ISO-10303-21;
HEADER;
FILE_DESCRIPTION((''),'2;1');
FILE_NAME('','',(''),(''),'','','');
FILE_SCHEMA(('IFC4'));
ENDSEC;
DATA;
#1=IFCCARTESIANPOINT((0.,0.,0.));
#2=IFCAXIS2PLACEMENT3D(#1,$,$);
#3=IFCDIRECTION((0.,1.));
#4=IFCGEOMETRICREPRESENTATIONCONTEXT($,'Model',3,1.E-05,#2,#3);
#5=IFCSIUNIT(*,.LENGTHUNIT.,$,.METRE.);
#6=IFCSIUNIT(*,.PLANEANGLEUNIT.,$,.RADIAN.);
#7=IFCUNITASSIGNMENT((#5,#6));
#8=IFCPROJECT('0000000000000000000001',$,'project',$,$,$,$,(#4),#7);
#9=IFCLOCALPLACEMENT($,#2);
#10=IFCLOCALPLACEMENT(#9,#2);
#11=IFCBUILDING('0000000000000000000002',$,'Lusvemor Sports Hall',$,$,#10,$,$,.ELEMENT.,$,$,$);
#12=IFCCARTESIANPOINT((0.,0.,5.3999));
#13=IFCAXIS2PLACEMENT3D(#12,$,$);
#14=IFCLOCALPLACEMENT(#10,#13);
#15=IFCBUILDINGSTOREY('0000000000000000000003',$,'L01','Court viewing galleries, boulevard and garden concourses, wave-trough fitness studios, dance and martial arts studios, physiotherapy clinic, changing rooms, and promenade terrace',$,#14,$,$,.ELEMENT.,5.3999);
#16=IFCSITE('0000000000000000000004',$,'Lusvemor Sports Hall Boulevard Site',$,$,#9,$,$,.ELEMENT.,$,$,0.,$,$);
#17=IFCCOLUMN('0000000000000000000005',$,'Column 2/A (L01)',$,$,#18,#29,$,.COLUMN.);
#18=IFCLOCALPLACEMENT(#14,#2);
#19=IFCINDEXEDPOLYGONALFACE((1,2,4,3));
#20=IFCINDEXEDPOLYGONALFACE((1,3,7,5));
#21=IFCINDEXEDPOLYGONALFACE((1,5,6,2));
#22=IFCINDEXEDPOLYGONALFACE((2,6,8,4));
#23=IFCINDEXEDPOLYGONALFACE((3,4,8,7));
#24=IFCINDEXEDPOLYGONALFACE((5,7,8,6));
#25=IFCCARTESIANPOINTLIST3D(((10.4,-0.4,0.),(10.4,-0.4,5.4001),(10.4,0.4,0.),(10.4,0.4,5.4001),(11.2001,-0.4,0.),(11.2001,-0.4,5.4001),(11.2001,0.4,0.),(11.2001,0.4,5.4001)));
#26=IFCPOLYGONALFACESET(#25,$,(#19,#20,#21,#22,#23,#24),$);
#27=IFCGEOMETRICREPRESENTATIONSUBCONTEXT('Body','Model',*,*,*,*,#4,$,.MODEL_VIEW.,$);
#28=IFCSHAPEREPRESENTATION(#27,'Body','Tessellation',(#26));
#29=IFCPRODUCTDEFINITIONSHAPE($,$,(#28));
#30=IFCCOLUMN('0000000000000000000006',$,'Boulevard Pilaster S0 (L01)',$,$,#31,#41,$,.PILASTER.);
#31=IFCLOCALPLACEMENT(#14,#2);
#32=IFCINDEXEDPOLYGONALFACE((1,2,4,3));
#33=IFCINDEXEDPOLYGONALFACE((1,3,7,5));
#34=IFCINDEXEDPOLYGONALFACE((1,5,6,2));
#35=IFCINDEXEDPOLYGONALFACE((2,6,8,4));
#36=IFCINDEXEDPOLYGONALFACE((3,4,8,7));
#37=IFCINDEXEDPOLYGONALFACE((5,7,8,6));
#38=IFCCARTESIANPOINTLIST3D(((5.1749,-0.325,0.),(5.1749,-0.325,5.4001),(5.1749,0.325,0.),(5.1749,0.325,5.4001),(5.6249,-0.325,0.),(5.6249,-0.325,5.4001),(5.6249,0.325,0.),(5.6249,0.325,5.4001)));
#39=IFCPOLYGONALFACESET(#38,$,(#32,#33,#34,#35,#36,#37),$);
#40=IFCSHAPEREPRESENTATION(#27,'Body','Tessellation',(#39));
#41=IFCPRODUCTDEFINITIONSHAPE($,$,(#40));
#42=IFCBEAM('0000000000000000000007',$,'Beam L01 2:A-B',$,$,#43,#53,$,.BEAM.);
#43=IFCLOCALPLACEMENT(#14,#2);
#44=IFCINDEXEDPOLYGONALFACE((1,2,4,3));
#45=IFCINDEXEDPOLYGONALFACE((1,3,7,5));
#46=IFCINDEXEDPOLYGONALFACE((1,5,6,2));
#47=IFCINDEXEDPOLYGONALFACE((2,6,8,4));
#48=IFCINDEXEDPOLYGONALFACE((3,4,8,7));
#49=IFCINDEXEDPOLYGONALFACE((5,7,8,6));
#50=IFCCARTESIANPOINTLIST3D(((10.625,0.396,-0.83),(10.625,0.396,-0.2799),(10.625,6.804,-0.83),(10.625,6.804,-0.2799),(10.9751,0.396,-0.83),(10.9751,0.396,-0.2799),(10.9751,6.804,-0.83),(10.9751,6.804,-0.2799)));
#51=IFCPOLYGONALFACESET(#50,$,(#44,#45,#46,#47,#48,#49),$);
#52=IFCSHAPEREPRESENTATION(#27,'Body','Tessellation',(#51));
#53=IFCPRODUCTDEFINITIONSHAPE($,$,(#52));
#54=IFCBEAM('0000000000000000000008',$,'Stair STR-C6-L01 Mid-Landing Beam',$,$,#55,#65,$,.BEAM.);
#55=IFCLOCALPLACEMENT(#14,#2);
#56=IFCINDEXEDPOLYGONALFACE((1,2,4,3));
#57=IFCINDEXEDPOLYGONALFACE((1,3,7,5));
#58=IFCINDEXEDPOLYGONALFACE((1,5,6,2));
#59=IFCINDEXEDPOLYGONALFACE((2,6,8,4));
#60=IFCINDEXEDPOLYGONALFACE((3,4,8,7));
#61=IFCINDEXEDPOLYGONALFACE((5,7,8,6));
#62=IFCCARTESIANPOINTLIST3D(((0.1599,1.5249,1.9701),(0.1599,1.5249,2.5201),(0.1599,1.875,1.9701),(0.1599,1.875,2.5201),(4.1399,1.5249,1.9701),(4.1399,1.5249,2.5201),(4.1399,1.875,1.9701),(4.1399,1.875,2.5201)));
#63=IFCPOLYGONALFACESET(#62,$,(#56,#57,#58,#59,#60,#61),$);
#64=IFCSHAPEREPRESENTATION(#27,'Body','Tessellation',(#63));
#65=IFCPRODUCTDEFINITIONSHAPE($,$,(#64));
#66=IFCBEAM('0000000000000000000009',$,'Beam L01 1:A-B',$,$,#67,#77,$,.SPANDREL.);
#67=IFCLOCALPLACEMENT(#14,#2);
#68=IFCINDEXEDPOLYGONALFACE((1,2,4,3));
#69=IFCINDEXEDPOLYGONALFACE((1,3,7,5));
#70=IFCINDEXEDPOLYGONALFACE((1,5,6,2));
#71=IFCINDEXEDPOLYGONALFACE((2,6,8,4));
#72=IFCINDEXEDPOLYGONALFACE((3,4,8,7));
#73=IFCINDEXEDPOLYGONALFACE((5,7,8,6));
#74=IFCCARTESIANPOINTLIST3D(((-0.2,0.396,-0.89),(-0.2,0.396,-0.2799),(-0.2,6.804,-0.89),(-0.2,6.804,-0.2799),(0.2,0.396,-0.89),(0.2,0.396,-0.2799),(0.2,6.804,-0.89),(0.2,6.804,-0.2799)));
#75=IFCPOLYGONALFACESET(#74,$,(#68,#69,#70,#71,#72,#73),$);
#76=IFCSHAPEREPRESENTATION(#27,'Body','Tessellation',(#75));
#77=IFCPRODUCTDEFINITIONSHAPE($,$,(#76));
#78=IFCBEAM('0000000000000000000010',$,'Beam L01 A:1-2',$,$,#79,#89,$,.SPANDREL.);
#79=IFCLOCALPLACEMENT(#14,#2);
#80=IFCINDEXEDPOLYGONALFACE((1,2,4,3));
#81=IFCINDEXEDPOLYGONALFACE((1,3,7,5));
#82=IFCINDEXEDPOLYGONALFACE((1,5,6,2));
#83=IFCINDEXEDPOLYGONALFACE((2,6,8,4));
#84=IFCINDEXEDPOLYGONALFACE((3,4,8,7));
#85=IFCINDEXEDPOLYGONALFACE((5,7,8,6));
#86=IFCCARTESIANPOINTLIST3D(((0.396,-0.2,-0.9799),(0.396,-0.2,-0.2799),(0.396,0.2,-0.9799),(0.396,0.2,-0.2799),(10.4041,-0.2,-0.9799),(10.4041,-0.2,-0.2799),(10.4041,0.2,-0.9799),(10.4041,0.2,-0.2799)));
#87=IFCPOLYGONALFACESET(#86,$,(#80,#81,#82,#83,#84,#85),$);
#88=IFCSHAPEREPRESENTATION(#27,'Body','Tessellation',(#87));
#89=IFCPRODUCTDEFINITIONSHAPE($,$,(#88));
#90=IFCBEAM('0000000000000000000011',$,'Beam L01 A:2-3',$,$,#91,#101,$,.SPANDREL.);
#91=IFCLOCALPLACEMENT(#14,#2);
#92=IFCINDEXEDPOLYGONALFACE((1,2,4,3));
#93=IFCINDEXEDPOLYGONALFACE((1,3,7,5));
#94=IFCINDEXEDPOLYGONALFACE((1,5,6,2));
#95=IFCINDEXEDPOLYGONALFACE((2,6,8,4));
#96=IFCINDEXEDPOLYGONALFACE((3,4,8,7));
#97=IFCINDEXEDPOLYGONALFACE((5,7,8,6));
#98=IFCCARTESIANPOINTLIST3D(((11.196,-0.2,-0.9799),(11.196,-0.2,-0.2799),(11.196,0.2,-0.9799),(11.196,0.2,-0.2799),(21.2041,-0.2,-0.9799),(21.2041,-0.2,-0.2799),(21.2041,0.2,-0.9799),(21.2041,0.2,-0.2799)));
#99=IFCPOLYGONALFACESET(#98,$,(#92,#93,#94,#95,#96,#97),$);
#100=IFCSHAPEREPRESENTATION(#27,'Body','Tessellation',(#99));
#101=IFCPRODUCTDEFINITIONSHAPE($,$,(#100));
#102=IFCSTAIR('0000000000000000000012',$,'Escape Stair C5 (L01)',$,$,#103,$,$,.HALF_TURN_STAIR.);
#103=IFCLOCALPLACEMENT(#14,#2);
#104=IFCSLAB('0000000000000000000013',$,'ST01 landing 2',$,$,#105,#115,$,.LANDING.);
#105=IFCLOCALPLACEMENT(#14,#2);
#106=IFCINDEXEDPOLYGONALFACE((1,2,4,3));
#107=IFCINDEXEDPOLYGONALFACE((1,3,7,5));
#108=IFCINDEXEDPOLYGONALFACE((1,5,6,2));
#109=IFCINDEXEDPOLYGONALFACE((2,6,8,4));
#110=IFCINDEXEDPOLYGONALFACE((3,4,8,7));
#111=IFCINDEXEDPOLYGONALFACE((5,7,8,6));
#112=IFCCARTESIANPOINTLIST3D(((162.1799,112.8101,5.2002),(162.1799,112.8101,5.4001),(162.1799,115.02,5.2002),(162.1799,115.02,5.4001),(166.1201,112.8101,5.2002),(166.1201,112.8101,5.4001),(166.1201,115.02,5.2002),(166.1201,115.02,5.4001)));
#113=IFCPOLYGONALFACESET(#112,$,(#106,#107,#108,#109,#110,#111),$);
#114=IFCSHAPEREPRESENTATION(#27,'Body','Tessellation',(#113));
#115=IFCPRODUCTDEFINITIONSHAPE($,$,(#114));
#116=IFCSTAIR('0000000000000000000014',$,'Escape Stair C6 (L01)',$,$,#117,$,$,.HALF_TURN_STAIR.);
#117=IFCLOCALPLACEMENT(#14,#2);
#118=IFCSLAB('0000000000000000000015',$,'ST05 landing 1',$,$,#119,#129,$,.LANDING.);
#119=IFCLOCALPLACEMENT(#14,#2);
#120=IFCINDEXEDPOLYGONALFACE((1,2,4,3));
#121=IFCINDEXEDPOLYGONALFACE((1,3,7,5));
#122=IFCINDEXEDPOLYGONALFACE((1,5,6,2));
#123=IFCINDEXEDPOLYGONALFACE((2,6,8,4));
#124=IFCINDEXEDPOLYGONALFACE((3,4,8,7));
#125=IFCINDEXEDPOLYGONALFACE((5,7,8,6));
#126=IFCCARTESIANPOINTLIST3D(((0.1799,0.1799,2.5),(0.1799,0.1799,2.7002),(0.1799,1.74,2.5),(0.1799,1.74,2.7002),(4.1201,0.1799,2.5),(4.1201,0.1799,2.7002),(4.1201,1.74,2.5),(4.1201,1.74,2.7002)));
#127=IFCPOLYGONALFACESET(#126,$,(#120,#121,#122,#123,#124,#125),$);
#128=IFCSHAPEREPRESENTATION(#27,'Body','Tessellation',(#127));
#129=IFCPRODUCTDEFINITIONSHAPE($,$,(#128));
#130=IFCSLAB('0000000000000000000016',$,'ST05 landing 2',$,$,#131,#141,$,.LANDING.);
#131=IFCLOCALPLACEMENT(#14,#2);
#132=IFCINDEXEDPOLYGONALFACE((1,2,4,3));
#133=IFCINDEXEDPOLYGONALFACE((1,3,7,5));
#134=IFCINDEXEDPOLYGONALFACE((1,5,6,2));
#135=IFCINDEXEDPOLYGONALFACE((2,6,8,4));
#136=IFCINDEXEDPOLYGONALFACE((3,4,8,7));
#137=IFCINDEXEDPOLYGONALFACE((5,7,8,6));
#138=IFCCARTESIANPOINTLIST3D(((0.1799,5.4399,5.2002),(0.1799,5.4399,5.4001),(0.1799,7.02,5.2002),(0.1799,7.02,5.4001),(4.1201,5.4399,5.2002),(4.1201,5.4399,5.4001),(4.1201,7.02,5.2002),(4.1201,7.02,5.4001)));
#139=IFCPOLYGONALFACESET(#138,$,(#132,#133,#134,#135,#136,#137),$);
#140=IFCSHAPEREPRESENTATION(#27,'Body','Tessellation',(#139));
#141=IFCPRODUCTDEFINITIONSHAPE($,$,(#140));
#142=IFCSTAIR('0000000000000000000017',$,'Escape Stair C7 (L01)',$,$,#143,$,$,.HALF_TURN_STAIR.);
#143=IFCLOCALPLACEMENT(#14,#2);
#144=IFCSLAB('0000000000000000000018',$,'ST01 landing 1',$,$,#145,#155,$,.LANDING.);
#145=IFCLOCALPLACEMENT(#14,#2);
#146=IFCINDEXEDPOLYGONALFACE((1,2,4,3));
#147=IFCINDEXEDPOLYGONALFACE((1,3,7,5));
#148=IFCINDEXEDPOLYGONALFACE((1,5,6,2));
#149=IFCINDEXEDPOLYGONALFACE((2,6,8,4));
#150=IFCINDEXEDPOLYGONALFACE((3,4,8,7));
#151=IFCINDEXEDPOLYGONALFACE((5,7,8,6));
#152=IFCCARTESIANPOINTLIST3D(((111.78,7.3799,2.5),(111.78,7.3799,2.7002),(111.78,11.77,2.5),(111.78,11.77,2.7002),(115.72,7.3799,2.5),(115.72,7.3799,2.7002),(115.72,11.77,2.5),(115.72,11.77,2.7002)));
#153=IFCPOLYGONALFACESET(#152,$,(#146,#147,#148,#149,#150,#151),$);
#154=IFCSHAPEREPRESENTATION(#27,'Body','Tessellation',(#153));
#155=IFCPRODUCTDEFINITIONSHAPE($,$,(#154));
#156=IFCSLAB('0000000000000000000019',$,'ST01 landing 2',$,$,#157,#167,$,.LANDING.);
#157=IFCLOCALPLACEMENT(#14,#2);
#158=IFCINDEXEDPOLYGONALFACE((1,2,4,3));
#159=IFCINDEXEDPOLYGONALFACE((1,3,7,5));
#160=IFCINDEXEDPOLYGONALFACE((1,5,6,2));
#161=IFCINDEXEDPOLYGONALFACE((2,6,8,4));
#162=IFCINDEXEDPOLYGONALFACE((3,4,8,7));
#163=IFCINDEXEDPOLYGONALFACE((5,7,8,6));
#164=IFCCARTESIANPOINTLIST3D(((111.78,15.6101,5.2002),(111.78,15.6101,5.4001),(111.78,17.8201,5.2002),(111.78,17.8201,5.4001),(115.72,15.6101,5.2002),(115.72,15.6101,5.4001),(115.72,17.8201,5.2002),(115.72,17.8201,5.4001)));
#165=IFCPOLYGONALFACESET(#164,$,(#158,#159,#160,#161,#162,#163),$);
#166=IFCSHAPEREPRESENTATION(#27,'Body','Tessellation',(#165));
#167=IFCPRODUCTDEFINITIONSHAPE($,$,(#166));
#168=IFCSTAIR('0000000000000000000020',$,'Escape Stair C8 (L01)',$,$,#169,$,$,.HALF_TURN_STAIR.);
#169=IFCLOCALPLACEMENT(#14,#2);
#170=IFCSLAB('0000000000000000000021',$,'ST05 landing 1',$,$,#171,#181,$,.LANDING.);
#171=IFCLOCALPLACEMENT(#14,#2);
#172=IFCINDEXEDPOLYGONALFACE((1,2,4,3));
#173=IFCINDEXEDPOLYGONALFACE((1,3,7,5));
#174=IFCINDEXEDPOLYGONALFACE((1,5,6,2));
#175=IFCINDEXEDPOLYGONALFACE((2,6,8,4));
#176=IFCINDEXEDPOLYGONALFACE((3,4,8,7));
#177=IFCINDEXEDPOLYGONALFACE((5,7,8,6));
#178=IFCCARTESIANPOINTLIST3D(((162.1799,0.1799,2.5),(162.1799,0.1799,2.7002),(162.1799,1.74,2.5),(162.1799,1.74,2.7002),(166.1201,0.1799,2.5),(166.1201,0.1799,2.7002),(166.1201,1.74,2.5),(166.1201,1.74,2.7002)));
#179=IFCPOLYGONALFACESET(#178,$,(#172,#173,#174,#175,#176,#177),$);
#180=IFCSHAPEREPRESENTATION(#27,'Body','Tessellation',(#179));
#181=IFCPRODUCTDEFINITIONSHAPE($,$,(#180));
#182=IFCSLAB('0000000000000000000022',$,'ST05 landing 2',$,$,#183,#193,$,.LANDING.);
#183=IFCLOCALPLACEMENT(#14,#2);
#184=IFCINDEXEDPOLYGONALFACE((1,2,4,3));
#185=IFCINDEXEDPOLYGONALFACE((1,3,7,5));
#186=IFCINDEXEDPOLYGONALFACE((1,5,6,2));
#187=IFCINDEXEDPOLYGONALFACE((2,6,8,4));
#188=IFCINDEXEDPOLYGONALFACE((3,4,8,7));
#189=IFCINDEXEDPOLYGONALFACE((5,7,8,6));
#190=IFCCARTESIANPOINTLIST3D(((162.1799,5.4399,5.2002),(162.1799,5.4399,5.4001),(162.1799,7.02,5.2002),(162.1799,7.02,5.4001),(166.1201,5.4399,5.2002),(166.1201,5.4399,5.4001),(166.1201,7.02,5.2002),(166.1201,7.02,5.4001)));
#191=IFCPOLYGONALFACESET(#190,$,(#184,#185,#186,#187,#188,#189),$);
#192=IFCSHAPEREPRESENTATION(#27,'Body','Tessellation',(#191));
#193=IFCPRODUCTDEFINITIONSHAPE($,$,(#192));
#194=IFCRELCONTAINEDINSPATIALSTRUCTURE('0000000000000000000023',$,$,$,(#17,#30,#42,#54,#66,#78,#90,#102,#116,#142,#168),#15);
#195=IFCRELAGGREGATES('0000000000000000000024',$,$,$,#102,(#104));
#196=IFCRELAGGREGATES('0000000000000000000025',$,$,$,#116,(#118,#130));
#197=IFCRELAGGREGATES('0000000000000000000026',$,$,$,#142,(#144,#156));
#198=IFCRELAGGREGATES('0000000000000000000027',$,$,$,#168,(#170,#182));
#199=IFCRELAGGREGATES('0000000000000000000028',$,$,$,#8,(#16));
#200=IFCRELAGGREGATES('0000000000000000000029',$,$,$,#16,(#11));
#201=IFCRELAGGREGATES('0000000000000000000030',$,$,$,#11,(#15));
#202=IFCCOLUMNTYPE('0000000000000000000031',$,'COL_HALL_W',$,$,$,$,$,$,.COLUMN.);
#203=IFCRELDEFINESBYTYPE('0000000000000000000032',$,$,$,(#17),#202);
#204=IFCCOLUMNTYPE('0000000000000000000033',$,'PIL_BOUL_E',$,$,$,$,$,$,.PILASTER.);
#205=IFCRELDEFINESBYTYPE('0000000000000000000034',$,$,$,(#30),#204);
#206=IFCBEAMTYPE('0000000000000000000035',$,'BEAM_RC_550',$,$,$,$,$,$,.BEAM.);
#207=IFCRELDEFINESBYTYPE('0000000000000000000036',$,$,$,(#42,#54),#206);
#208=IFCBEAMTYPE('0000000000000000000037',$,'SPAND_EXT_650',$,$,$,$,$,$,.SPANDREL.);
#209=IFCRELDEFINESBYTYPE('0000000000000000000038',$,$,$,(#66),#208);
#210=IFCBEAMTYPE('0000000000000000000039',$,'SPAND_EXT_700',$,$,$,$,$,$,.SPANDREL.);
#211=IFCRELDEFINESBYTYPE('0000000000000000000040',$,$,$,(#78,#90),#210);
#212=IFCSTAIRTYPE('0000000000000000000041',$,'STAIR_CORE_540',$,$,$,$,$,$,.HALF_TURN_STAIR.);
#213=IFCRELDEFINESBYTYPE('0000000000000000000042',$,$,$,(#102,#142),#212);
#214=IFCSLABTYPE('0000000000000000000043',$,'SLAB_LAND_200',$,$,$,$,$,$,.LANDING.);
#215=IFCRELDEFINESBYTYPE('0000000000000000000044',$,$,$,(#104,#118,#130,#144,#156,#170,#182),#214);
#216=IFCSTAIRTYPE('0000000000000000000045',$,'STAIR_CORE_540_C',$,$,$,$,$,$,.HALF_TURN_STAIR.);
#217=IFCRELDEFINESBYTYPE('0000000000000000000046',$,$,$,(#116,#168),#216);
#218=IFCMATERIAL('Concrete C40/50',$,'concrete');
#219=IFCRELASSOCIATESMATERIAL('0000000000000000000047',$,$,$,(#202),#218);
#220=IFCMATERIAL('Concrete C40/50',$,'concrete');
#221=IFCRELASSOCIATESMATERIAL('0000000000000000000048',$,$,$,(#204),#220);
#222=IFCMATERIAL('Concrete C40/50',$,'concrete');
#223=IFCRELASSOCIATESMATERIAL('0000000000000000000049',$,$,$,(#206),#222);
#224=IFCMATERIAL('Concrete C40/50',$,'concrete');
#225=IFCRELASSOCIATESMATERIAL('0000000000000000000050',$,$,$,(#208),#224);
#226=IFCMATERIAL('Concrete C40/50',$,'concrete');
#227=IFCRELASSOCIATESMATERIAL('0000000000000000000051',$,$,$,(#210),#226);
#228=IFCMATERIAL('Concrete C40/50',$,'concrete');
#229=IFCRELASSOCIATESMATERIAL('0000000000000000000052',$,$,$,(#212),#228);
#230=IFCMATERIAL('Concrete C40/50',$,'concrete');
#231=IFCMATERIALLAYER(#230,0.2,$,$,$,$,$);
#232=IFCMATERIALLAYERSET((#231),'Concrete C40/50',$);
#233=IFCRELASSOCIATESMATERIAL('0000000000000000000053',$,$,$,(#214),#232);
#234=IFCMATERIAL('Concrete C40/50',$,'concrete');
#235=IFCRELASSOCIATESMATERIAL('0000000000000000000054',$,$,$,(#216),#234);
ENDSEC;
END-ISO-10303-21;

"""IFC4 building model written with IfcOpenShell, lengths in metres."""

from ifc_helpers import new_model, si_unit, direction, frame, origin, origin_2d, place, context, subcontext, project, spatial, polyline, rectangle, outline, extrude, material, layer, layer_set, material_profile, profile_set, type_object, element, aggregate, save


model = new_model("IFC4")

# Units and contexts
model_context = context("Model", 3, precision=1e-05, world=origin(), true_north=direction((0.0, 1.0)))
body_context = subcontext(model_context, "Body", "Model", "MODEL_VIEW")
ifc_project = project(units=[si_unit("LENGTHUNIT", "METRE"), si_unit("PLANEANGLEUNIT", "RADIAN")], contexts=[model_context])

# Site, building, storey
site_placement = place(None, origin())
site = spatial("IfcSite", under=ifc_project, at=site_placement, Name="Lusvemor Sports Hall Boulevard Site", CompositionType="ELEMENT", RefElevation=0.0)
building_placement = place(site_placement, origin())
building = spatial("IfcBuilding", under=site, at=building_placement, Name="Lusvemor Sports Hall", CompositionType="ELEMENT")
storey_placement = place(building_placement, frame((0.0, 0.0, 5.3999)))
storey = spatial("IfcBuildingStorey", under=building, at=storey_placement, Name="L01", Description="Court viewing galleries, boulevard and garden concourses, wave-trough fitness studios, dance and martial arts studios, physiotherapy clinic, changing rooms, and promenade terrace", CompositionType="ELEMENT", Elevation=5.3999)

# Columns
ifc_material_1 = material(Name="Concrete C40/50", Category="concrete")
ifc_material_profile_1 = material_profile(ifc_material_1, rectangle(XDim=0.8, YDim=0.8, at=origin_2d()), Name="RC800x800")
ifc_profile_set_1 = profile_set([ifc_material_profile_1], Name="Concrete C40/50")
column_type_1 = type_object("IfcColumnType", Name="COL_HALL_W", PredefinedType="COLUMN", material=ifc_profile_set_1)
column_1_placement = place(storey_placement, frame((10.8, 0.0, 0.0), z_axis=(0.0, 0.0, 1.0), x_axis=(1.0, 0.0, 0.0)))
element("IfcColumn", 1, at=column_1_placement, inside=storey, type_object=column_type_1, Name="Column 2/A (L01)", PredefinedType="COLUMN", context=body_context, shape_type="SweptSolid", body=[
    extrude(rectangle(XDim=0.8, YDim=0.8, at=origin_2d()), origin(), (0.0, 0.0, 1.0), 5.4001),
])
ifc_material_2 = material(Name="Concrete C40/50", Category="concrete")
ifc_material_profile_2 = material_profile(ifc_material_2, rectangle(XDim=0.45, YDim=0.6499, at=origin_2d()), Name="RC450x650")
ifc_profile_set_2 = profile_set([ifc_material_profile_2], Name="Concrete C40/50")
column_type_2 = type_object("IfcColumnType", Name="PIL_BOUL_E", PredefinedType="PILASTER", material=ifc_profile_set_2)
column_2_placement = place(storey_placement, frame((5.3999, 0.0, 0.0), z_axis=(0.0, 0.0, 1.0), x_axis=(1.0, 0.0, 0.0)))
element("IfcColumn", 2, at=column_2_placement, inside=storey, type_object=column_type_2, Name="Boulevard Pilaster S0 (L01)", PredefinedType="PILASTER", context=body_context, shape_type="SweptSolid", body=[
    extrude(rectangle(XDim=0.45, YDim=0.6499, at=origin_2d()), origin(), (0.0, 0.0, 1.0), 5.4001),
])

# Beams
ifc_material_3 = material(Name="Concrete C40/50", Category="concrete")
ifc_material_profile_3 = material_profile(ifc_material_3, rectangle(XDim=0.3501, YDim=0.55, at=origin_2d()), Name="RC350x550")
ifc_profile_set_3 = profile_set([ifc_material_profile_3], Name="Concrete C40/50")
beam_type_1 = type_object("IfcBeamType", Name="BEAM_RC_550", PredefinedType="BEAM", material=ifc_profile_set_3)
beam_1_placement = place(storey_placement, frame((10.8, 0.396, -0.5549), z_axis=(0.0, 1.0, 0.0), x_axis=(-1.0, 0.0, 0.0)))
element("IfcBeam", 3, at=beam_1_placement, inside=storey, type_object=beam_type_1, Name="Beam L01 2:A-B", PredefinedType="BEAM", context=body_context, shape_type="SweptSolid", body=[
    extrude(rectangle(XDim=0.3501, YDim=0.55, at=origin_2d()), origin(), (0.0, 0.0, 1.0), 6.408),
])
beam_2_placement = place(storey_placement, frame((0.1599, 1.7, 2.2451), z_axis=(1.0, 0.0, 0.0), x_axis=(0.0, 1.0, 0.0)))
element("IfcBeam", 4, at=beam_2_placement, inside=storey, type_object=beam_type_1, Name="Stair STR-C6-L01 Mid-Landing Beam", PredefinedType="BEAM", context=body_context, shape_type="SweptSolid", body=[
    extrude(rectangle(XDim=0.3501, YDim=0.55, at=origin_2d()), origin(), (0.0, 0.0, 1.0), 3.98),
])
ifc_material_4 = material(Name="Concrete C40/50", Category="concrete")
ifc_material_profile_4 = material_profile(ifc_material_4, rectangle(XDim=0.3999, YDim=0.6101, at=origin_2d()), Name="RC400x610")
ifc_profile_set_4 = profile_set([ifc_material_profile_4], Name="Concrete C40/50")
beam_type_2 = type_object("IfcBeamType", Name="SPAND_EXT_650", PredefinedType="SPANDREL", material=ifc_profile_set_4)
beam_3_placement = place(storey_placement, frame((0.0, 0.396, -0.585), z_axis=(0.0, 1.0, 0.0), x_axis=(-1.0, 0.0, 0.0)))
element("IfcBeam", 5, at=beam_3_placement, inside=storey, type_object=beam_type_2, Name="Beam L01 1:A-B", PredefinedType="SPANDREL", context=body_context, shape_type="SweptSolid", body=[
    extrude(rectangle(XDim=0.3999, YDim=0.6101, at=origin_2d()), origin(), (0.0, 0.0, 1.0), 6.408),
])
ifc_material_5 = material(Name="Concrete C40/50", Category="concrete")
ifc_material_profile_5 = material_profile(ifc_material_5, rectangle(XDim=0.3999, YDim=0.7, at=origin_2d()), Name="RC400x700")
ifc_profile_set_5 = profile_set([ifc_material_profile_5], Name="Concrete C40/50")
beam_type_3 = type_object("IfcBeamType", Name="SPAND_EXT_700", PredefinedType="SPANDREL", material=ifc_profile_set_5)
for number, where, z_axis, x_axis, name in (
    (6, (0.396, 0.0, -0.6299), (1.0, 0.0, 0.0), (0.0, 1.0, 0.0), "Beam L01 A:1-2"),
    (7, (11.196, 0.0, -0.6299), (1.0, 0.0, 0.0), (0.0, 1.0, 0.0), "Beam L01 A:2-3"),
):
    element("IfcBeam", number, at=place(storey_placement, frame(where, z_axis=z_axis, x_axis=x_axis)), inside=storey, type_object=beam_type_3, Name=name, PredefinedType="SPANDREL", context=body_context, shape_type="SweptSolid", body=[
        extrude(rectangle(XDim=0.3999, YDim=0.7, at=origin_2d()), origin(), (0.0, 0.0, 1.0), 10.0081),
    ])

# Stair, slab
ifc_material_6 = material(Name="Concrete C40/50", Category="concrete")
stair_type_1 = type_object("IfcStairType", Name="STAIR_CORE_540", PredefinedType="HALF_TURN_STAIR", material=ifc_material_6)
stair_1_placement = place(storey_placement, origin())
stair_1 = element("IfcStair", 8, at=stair_1_placement, inside=storey, type_object=stair_type_1, Name="Escape Stair C5 (L01)", PredefinedType="HALF_TURN_STAIR")
ifc_material_7 = material(Name="Concrete C40/50", Category="concrete")
ifc_layer_1 = layer(ifc_material_7, 0.2)
ifc_layer_set_1 = layer_set([ifc_layer_1], Name="Concrete C40/50")
slab_type_1 = type_object("IfcSlabType", Name="SLAB_LAND_200", PredefinedType="LANDING", material=ifc_layer_set_1)
slab_1_placement = place(storey_placement, frame((0.0, 0.0, 5.2002)))
slab_1 = element("IfcSlab", 9, at=slab_1_placement, type_object=slab_type_1, Name="ST01 landing 2", PredefinedType="LANDING", context=body_context, shape_type="SweptSolid", body=[
    extrude(outline(polyline([(162.1799, 112.8101), (166.1201, 112.8101), (166.1201, 115.02), (162.1799, 115.02), (162.1799, 112.8101)])), origin(), (0.0, 0.0, 1.0), 0.2),
])
aggregate(stair_1, [slab_1])

# Stairs, slabs
ifc_material_8 = material(Name="Concrete C40/50", Category="concrete")
stair_type_2 = type_object("IfcStairType", Name="STAIR_CORE_540_C", PredefinedType="HALF_TURN_STAIR", material=ifc_material_8)
stair_2_placement = place(storey_placement, origin())
stair_2 = element("IfcStair", 10, at=stair_2_placement, inside=storey, type_object=stair_type_2, Name="Escape Stair C6 (L01)", PredefinedType="HALF_TURN_STAIR")
slab_2_placement = place(storey_placement, frame((0.0, 0.0, 2.5)))
slab_2 = element("IfcSlab", 11, at=slab_2_placement, type_object=slab_type_1, Name="ST05 landing 1", PredefinedType="LANDING", context=body_context, shape_type="SweptSolid", body=[
    extrude(outline(polyline([(0.1799, 0.1799), (4.1201, 0.1799), (4.1201, 1.74), (0.1799, 1.74), (0.1799, 0.1799)])), origin(), (0.0, 0.0, 1.0), 0.2002),
])
slab_3_placement = place(storey_placement, frame((0.0, 0.0, 5.2002)))
slab_3 = element("IfcSlab", 12, at=slab_3_placement, type_object=slab_type_1, Name="ST05 landing 2", PredefinedType="LANDING", context=body_context, shape_type="SweptSolid", body=[
    extrude(outline(polyline([(0.1799, 5.4399), (4.1201, 5.4399), (4.1201, 7.02), (0.1799, 7.02), (0.1799, 5.4399)])), origin(), (0.0, 0.0, 1.0), 0.2),
])
aggregate(stair_2, [slab_2, slab_3])
stair_3_placement = place(storey_placement, origin())
stair_3 = element("IfcStair", 13, at=stair_3_placement, inside=storey, type_object=stair_type_1, Name="Escape Stair C7 (L01)", PredefinedType="HALF_TURN_STAIR")
slab_4_placement = place(storey_placement, frame((0.0, 0.0, 2.5)))
slab_4 = element("IfcSlab", 14, at=slab_4_placement, type_object=slab_type_1, Name="ST01 landing 1", PredefinedType="LANDING", context=body_context, shape_type="SweptSolid", body=[
    extrude(outline(polyline([(111.78, 7.3799), (115.72, 7.3799), (115.72, 11.77), (111.78, 11.77), (111.78, 7.3799)])), origin(), (0.0, 0.0, 1.0), 0.2002),
])
slab_5_placement = place(storey_placement, frame((0.0, 0.0, 5.2002)))
slab_5 = element("IfcSlab", 15, at=slab_5_placement, type_object=slab_type_1, Name="ST01 landing 2", PredefinedType="LANDING", context=body_context, shape_type="SweptSolid", body=[
    extrude(outline(polyline([(111.78, 15.6101), (115.72, 15.6101), (115.72, 17.8201), (111.78, 17.8201), (111.78, 15.6101)])), origin(), (0.0, 0.0, 1.0), 0.2),
])
aggregate(stair_3, [slab_4, slab_5])
stair_4_placement = place(storey_placement, origin())
stair_4 = element("IfcStair", 16, at=stair_4_placement, inside=storey, type_object=stair_type_2, Name="Escape Stair C8 (L01)", PredefinedType="HALF_TURN_STAIR")
slab_6_placement = place(storey_placement, frame((0.0, 0.0, 2.5)))
slab_6 = element("IfcSlab", 17, at=slab_6_placement, type_object=slab_type_1, Name="ST05 landing 1", PredefinedType="LANDING", context=body_context, shape_type="SweptSolid", body=[
    extrude(outline(polyline([(162.1799, 0.1799), (166.1201, 0.1799), (166.1201, 1.74), (162.1799, 1.74), (162.1799, 0.1799)])), origin(), (0.0, 0.0, 1.0), 0.2002),
])
slab_7_placement = place(storey_placement, frame((0.0, 0.0, 5.2002)))
slab_7 = element("IfcSlab", 18, at=slab_7_placement, type_object=slab_type_1, Name="ST05 landing 2", PredefinedType="LANDING", context=body_context, shape_type="SweptSolid", body=[
    extrude(outline(polyline([(162.1799, 5.4399), (166.1201, 5.4399), (166.1201, 7.02), (162.1799, 7.02), (162.1799, 5.4399)])), origin(), (0.0, 0.0, 1.0), 0.2),
])
aggregate(stair_4, [slab_6, slab_7])

save(model, "model.ifc")
